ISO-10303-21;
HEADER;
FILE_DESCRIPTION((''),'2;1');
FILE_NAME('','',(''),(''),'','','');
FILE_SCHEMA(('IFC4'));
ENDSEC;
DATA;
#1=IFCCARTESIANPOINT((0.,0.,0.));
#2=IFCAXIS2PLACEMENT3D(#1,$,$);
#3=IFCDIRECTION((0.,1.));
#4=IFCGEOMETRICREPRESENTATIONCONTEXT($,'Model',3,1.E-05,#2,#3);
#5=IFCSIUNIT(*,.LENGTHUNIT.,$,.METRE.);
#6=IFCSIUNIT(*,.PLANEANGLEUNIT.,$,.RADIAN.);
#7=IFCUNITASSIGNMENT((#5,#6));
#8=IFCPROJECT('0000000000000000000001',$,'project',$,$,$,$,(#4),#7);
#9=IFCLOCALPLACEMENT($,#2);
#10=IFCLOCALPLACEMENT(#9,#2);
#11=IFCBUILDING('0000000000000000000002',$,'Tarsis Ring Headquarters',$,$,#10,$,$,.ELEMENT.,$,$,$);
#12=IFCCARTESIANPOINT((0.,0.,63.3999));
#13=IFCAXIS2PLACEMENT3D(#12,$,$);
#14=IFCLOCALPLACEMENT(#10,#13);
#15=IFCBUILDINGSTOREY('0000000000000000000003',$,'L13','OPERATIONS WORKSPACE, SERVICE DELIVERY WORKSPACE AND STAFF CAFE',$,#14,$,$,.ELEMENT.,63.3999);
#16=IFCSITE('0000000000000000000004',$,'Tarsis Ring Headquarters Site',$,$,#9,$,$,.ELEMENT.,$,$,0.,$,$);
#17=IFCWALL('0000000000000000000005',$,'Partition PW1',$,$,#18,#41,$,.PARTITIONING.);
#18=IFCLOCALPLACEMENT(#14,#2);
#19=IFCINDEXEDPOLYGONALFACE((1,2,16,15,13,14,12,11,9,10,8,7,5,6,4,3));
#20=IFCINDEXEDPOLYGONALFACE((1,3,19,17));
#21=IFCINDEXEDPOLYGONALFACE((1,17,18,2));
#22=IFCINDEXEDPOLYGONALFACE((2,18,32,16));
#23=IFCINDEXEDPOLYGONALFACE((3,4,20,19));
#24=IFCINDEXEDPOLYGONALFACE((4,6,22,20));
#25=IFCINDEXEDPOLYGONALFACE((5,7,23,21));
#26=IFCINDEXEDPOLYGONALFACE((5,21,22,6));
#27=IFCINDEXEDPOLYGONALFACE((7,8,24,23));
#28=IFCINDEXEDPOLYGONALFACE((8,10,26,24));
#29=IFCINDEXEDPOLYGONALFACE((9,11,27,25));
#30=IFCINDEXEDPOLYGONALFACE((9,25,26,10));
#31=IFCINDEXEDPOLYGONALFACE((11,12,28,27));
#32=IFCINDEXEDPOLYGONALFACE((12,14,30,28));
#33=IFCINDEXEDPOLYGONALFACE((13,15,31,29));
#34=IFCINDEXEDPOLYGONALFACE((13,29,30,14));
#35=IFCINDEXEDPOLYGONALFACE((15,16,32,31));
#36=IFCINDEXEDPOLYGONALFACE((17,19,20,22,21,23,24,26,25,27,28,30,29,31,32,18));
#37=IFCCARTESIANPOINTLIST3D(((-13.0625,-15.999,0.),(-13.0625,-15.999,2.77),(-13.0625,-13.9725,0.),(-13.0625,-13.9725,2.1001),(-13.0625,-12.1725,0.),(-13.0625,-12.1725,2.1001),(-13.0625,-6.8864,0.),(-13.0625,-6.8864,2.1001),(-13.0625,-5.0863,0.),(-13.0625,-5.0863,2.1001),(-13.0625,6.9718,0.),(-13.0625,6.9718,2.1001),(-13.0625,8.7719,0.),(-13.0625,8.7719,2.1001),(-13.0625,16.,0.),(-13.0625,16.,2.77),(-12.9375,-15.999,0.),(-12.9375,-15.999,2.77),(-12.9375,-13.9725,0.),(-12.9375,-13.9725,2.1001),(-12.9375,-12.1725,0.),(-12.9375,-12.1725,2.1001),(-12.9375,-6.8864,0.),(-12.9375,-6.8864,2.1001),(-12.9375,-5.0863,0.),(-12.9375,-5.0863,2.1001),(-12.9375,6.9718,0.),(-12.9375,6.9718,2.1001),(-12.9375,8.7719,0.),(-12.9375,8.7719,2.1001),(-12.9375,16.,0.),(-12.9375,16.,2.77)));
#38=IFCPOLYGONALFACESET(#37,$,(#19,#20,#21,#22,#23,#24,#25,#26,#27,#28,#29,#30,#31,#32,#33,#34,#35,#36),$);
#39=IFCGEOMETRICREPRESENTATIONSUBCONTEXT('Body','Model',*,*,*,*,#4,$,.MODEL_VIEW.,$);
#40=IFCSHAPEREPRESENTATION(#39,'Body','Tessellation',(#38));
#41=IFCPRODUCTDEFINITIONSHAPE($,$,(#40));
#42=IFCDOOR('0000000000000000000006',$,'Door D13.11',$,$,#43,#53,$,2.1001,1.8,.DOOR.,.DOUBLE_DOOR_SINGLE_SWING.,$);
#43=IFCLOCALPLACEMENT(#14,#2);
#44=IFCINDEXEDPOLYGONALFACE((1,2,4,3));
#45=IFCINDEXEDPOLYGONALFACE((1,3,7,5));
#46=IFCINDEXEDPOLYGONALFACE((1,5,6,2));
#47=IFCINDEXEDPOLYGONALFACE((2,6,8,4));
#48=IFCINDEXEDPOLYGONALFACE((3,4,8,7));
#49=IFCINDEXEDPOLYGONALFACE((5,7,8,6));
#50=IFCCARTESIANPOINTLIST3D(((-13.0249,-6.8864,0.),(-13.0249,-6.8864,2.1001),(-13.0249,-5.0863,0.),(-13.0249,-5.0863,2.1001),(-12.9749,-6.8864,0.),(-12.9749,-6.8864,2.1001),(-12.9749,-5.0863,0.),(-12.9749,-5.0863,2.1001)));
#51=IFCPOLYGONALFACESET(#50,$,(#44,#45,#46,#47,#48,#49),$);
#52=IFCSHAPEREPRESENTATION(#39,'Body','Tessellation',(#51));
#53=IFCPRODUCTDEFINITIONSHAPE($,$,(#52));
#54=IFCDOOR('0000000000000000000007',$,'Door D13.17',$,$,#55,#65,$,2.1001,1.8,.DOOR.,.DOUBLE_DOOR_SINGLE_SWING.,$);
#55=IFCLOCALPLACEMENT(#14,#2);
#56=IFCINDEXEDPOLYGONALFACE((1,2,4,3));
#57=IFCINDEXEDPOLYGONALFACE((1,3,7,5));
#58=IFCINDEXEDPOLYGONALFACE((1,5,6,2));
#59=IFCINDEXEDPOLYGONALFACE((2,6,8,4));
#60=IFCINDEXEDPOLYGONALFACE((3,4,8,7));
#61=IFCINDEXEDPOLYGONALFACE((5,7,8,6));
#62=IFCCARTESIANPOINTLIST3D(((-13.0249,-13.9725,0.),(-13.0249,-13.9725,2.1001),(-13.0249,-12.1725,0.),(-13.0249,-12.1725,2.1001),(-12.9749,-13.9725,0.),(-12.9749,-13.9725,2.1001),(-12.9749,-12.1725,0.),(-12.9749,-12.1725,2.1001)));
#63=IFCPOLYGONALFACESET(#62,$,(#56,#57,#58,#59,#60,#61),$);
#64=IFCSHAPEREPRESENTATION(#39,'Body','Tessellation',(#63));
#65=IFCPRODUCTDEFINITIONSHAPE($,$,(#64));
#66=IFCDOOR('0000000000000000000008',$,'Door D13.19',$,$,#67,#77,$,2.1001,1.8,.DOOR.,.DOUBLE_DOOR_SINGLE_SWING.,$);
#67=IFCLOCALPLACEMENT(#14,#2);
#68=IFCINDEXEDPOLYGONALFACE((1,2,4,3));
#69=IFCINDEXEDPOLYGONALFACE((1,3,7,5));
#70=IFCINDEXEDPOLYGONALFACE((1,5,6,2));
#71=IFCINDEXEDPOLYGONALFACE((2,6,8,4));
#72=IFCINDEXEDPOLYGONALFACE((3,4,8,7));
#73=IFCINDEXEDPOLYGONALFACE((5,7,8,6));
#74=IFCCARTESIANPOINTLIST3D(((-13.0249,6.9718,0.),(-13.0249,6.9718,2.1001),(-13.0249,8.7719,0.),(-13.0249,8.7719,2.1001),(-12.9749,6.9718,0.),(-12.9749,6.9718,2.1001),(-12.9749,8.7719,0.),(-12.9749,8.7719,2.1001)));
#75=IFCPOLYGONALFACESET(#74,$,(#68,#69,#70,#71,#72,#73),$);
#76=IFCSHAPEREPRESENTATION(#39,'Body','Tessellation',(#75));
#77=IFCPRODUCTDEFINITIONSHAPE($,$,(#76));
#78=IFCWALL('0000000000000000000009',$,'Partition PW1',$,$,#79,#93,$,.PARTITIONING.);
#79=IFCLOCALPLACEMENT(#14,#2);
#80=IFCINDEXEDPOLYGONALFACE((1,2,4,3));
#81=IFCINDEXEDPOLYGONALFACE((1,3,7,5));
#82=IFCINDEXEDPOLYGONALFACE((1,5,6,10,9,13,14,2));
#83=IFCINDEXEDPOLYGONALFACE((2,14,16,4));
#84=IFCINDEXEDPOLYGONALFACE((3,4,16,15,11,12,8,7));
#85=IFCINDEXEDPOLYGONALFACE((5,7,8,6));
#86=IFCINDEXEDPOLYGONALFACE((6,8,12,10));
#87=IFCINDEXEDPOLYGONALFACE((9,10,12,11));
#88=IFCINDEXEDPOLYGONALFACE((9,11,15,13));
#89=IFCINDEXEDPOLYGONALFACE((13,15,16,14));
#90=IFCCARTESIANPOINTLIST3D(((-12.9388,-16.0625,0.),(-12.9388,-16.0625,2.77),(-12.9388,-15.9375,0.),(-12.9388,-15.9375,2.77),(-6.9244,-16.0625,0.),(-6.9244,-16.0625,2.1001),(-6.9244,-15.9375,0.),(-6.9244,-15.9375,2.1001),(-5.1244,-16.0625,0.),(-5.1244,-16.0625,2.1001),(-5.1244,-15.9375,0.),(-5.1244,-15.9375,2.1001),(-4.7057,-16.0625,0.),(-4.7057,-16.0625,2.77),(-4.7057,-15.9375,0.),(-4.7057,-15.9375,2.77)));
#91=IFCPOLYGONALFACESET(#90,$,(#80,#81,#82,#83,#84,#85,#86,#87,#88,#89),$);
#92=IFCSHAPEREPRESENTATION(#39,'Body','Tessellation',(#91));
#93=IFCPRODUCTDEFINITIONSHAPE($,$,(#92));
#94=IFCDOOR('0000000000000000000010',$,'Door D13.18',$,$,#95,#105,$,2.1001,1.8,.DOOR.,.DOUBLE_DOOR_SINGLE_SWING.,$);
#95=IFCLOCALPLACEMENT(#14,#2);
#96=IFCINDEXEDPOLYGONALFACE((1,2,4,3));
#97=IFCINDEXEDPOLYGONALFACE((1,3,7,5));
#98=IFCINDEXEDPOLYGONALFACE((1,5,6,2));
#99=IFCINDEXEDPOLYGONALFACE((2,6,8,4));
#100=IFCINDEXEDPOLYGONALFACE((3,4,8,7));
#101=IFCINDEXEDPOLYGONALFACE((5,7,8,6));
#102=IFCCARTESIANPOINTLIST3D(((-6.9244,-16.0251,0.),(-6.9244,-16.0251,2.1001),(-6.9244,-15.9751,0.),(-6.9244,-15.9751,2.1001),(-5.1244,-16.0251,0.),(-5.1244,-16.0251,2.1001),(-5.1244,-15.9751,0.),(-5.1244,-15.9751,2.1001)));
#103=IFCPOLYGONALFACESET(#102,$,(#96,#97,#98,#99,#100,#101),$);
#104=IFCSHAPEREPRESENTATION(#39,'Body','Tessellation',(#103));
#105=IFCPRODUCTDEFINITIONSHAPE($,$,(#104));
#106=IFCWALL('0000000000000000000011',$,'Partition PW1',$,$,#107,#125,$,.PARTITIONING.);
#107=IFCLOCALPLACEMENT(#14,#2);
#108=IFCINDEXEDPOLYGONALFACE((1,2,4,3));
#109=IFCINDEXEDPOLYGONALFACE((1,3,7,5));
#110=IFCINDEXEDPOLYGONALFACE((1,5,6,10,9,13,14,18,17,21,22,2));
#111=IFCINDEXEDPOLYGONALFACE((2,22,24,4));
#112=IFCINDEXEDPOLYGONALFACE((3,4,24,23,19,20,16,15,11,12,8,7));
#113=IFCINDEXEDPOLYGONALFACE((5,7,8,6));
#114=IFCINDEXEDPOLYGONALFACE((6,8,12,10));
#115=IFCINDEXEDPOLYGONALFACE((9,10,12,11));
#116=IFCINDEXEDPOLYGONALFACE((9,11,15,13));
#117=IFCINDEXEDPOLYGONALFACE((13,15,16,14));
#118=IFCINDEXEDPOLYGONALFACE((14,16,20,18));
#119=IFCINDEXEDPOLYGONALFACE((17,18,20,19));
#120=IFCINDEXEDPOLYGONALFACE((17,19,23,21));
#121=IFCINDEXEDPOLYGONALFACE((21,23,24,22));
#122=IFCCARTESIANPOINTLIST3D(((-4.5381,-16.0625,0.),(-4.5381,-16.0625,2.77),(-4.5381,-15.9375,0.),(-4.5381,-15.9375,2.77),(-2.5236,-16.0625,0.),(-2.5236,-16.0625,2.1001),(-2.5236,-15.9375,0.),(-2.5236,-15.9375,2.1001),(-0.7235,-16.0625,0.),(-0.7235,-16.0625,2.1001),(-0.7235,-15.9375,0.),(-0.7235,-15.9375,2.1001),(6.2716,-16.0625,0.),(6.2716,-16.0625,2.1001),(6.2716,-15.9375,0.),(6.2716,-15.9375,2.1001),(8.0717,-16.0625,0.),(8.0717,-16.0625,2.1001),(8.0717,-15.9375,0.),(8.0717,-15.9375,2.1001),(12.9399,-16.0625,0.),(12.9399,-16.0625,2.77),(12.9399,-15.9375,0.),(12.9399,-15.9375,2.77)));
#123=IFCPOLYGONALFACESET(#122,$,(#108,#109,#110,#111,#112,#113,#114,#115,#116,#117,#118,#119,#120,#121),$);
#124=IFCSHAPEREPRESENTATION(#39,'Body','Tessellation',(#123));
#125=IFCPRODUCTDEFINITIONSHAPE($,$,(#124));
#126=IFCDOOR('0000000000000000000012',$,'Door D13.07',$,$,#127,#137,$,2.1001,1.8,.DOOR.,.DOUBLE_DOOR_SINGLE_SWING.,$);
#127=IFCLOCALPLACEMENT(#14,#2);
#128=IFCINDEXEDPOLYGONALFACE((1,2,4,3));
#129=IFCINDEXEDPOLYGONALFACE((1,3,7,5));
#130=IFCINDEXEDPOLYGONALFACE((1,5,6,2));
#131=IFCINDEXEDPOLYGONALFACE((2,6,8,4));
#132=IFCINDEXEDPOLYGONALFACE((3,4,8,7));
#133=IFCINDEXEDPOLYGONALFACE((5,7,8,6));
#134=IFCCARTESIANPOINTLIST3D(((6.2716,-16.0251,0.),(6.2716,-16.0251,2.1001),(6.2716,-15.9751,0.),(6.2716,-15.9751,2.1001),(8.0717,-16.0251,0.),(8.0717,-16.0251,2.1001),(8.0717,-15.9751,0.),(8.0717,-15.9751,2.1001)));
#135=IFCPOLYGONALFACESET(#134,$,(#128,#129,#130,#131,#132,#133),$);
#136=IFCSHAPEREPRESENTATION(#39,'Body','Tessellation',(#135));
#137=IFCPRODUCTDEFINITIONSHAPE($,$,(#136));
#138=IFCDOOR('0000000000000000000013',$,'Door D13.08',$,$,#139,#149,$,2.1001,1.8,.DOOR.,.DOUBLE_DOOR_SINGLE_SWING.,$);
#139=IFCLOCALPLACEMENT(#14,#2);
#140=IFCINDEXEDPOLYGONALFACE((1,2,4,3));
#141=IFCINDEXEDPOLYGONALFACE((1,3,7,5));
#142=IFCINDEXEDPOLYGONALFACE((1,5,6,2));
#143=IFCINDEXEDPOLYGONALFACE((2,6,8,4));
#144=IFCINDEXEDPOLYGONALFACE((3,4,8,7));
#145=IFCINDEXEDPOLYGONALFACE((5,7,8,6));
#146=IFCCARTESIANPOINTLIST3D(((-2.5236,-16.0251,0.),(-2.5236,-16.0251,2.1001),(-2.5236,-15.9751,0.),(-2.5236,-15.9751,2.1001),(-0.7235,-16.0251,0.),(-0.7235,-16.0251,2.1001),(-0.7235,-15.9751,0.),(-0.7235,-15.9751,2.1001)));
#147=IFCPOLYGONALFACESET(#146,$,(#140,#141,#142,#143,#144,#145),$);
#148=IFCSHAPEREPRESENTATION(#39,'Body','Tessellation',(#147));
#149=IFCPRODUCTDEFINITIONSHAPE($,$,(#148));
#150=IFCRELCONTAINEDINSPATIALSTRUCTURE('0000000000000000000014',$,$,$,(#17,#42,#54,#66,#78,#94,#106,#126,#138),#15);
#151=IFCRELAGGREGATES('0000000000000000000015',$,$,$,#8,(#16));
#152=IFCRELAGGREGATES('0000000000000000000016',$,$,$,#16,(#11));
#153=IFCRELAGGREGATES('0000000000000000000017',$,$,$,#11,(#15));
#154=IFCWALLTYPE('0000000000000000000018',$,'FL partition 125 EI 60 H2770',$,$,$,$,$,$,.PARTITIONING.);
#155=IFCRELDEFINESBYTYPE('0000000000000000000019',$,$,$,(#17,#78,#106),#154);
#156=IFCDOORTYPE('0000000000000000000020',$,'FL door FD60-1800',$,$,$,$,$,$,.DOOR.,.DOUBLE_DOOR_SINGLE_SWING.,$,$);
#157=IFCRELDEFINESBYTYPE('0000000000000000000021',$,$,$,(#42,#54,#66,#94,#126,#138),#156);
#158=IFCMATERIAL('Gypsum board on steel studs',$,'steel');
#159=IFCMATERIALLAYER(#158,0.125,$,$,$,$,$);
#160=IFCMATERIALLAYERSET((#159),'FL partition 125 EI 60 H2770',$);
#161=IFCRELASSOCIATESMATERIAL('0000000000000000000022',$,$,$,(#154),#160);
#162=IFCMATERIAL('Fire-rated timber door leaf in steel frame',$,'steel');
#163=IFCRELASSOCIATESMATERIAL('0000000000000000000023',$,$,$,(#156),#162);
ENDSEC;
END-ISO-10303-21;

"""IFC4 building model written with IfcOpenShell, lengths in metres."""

from ifc_helpers import new_model, si_unit, direction, frame, frame_2d, origin, place, context, subcontext, project, spatial, rectangle, extrude, material, layer, layer_set, type_object, element, fill, save


model = new_model("IFC4")

# Units and contexts
model_context = context("Model", 3, precision=1e-05, world=origin(), true_north=direction((0.0, 1.0)))
body_context = subcontext(model_context, "Body", "Model", "MODEL_VIEW")
ifc_project = project(units=[si_unit("LENGTHUNIT", "METRE"), si_unit("PLANEANGLEUNIT", "RADIAN")], contexts=[model_context])

# Site, building, storey
site_placement = place(None, origin())
site = spatial("IfcSite", under=ifc_project, at=site_placement, Name="Tarsis Ring Headquarters Site", CompositionType="ELEMENT", RefElevation=0.0)
building_placement = place(site_placement, origin())
building = spatial("IfcBuilding", under=site, at=building_placement, Name="Tarsis Ring Headquarters", CompositionType="ELEMENT")
storey_placement = place(building_placement, frame((0.0, 0.0, 63.3999)))
storey = spatial("IfcBuildingStorey", under=building, at=storey_placement, Name="L13", Description="OPERATIONS WORKSPACE, SERVICE DELIVERY WORKSPACE AND STAFF CAFE", CompositionType="ELEMENT", Elevation=63.3999)

# Wall, openings, doors
ifc_material_1 = material(Name="Gypsum board on steel studs", Category="steel")
ifc_layer_1 = layer(ifc_material_1, 0.125)
ifc_layer_set_1 = layer_set([ifc_layer_1], Name="FL partition 125 EI 60 H2770")
wall_type_1 = type_object("IfcWallType", Name="FL partition 125 EI 60 H2770", PredefinedType="PARTITIONING", material=ifc_layer_set_1)
wall_1_placement = place(storey_placement, frame((-13.0, -15.999, 0.0), z_axis=(0.0, 0.0, 1.0), x_axis=(0.0, 1.0, 0.0)))
wall_1 = element("IfcWall", 1, at=wall_1_placement, inside=storey, type_object=wall_type_1, Name="Partition PW1", PredefinedType="PARTITIONING", context=body_context, shape_type="SweptSolid", body=[
    extrude(rectangle(XDim=31.999, YDim=0.125, at=frame_2d((15.9995, 0.0))), origin(), (0.0, 0.0, 1.0), 2.77),
])
opening_1_placement = place(wall_1_placement, frame((9.1128, 0.0, 0.0)))
opening_1 = element("IfcOpeningElement", 2, at=opening_1_placement, cuts=wall_1, PredefinedType="OPENING", context=body_context, shape_type="SweptSolid", body=[
    extrude(rectangle(XDim=1.8, YDim=2.1001, at=frame_2d((0.8999, 1.05))), frame((0.0, 0.0725, 0.0), z_axis=(0.0, -1.0, 0.0), x_axis=(1.0, 0.0, 0.0)), (0.0, 0.0, 1.0), 0.145),
])
opening_2_placement = place(wall_1_placement, frame((2.0266, 0.0, 0.0)))
opening_2 = element("IfcOpeningElement", 3, at=opening_2_placement, cuts=wall_1, PredefinedType="OPENING", context=body_context, shape_type="SweptSolid", body=[
    extrude(rectangle(XDim=1.8, YDim=2.1001, at=frame_2d((0.8999, 1.05))), frame((0.0, 0.0725, 0.0), z_axis=(0.0, -1.0, 0.0), x_axis=(1.0, 0.0, 0.0)), (0.0, 0.0, 1.0), 0.145),
])
opening_3_placement = place(wall_1_placement, frame((22.9709, 0.0, 0.0)))
opening_3 = element("IfcOpeningElement", 4, at=opening_3_placement, cuts=wall_1, PredefinedType="OPENING", context=body_context, shape_type="SweptSolid", body=[
    extrude(rectangle(XDim=1.8, YDim=2.1001, at=frame_2d((0.8999, 1.05))), frame((0.0, 0.0725, 0.0), z_axis=(0.0, -1.0, 0.0), x_axis=(1.0, 0.0, 0.0)), (0.0, 0.0, 1.0), 0.145),
])
ifc_material_2 = material(Name="Fire-rated timber door leaf in steel frame", Category="steel")
door_type_1 = type_object("IfcDoorType", Name="FL door FD60-1800", OperationType="DOUBLE_DOOR_SINGLE_SWING", PredefinedType="DOOR", material=ifc_material_2)
door_1_placement = place(opening_1_placement, origin())
door_1 = element("IfcDoor", 5, at=door_1_placement, inside=storey, type_object=door_type_1, Name="Door D13.11", OperationType="DOUBLE_DOOR_SINGLE_SWING", OverallHeight=2.1001, OverallWidth=1.8, PredefinedType="DOOR", context=body_context, shape_type="SweptSolid", body=[
    extrude(rectangle(XDim=1.8, YDim=2.1001, at=frame_2d((0.8999, 1.05))), frame((0.0, 0.0249, 0.0), z_axis=(0.0, -1.0, 0.0), x_axis=(1.0, 0.0, 0.0)), (0.0, 0.0, 1.0), 0.05),
])
fill(opening_1, door_1)
door_2_placement = place(opening_2_placement, origin())
door_2 = element("IfcDoor", 6, at=door_2_placement, inside=storey, type_object=door_type_1, Name="Door D13.17", OperationType="DOUBLE_DOOR_SINGLE_SWING", OverallHeight=2.1001, OverallWidth=1.8, PredefinedType="DOOR", context=body_context, shape_type="SweptSolid", body=[
    extrude(rectangle(XDim=1.8, YDim=2.1001, at=frame_2d((0.8999, 1.05))), frame((0.0, 0.0249, 0.0), z_axis=(0.0, -1.0, 0.0), x_axis=(1.0, 0.0, 0.0)), (0.0, 0.0, 1.0), 0.05),
])
fill(opening_2, door_2)
door_3_placement = place(opening_3_placement, origin())
door_3 = element("IfcDoor", 7, at=door_3_placement, inside=storey, type_object=door_type_1, Name="Door D13.19", OperationType="DOUBLE_DOOR_SINGLE_SWING", OverallHeight=2.1001, OverallWidth=1.8, PredefinedType="DOOR", context=body_context, shape_type="SweptSolid", body=[
    extrude(rectangle(XDim=1.8, YDim=2.1001, at=frame_2d((0.8999, 1.05))), frame((0.0, 0.0249, 0.0), z_axis=(0.0, -1.0, 0.0), x_axis=(1.0, 0.0, 0.0)), (0.0, 0.0, 1.0), 0.05),
])
fill(opening_3, door_3)

# Wall, opening, door
wall_2_placement = place(storey_placement, frame((-12.939, -16.0, 0.0), z_axis=(0.0, 0.0, 1.0), x_axis=(1.0, 0.0, 0.0)))
wall_2 = element("IfcWall", 8, at=wall_2_placement, inside=storey, type_object=wall_type_1, Name="Partition PW1", PredefinedType="PARTITIONING", context=body_context, shape_type="SweptSolid", body=[
    extrude(rectangle(XDim=8.2332, YDim=0.125, at=frame_2d((4.1167, 0.0))), origin(), (0.0, 0.0, 1.0), 2.77),
])
opening_4_placement = place(wall_2_placement, frame((6.0146, 0.0, 0.0)))
opening_4 = element("IfcOpeningElement", 9, at=opening_4_placement, cuts=wall_2, PredefinedType="OPENING", context=body_context, shape_type="SweptSolid", body=[
    extrude(rectangle(XDim=1.8, YDim=2.1001, at=frame_2d((0.8999, 1.05))), frame((0.0, 0.0725, 0.0), z_axis=(0.0, -1.0, 0.0), x_axis=(1.0, 0.0, 0.0)), (0.0, 0.0, 1.0), 0.145),
])
door_4_placement = place(opening_4_placement, origin())
door_4 = element("IfcDoor", 10, at=door_4_placement, inside=storey, type_object=door_type_1, Name="Door D13.18", OperationType="DOUBLE_DOOR_SINGLE_SWING", OverallHeight=2.1001, OverallWidth=1.8, PredefinedType="DOOR", context=body_context, shape_type="SweptSolid", body=[
    extrude(rectangle(XDim=1.8, YDim=2.1001, at=frame_2d((0.8999, 1.05))), frame((0.0, 0.0249, 0.0), z_axis=(0.0, -1.0, 0.0), x_axis=(1.0, 0.0, 0.0)), (0.0, 0.0, 1.0), 0.05),
])
fill(opening_4, door_4)

# Wall, openings, doors
wall_3_placement = place(storey_placement, frame((-4.5381, -16.0, 0.0), z_axis=(0.0, 0.0, 1.0), x_axis=(1.0, 0.0, 0.0)))
wall_3 = element("IfcWall", 11, at=wall_3_placement, inside=storey, type_object=wall_type_1, Name="Partition PW1", PredefinedType="PARTITIONING", context=body_context, shape_type="SweptSolid", body=[
    extrude(rectangle(XDim=17.478, YDim=0.125, at=frame_2d((8.739, 0.0))), origin(), (0.0, 0.0, 1.0), 2.77),
])
opening_5_placement = place(wall_3_placement, frame((10.8098, 0.0, 0.0)))
opening_5 = element("IfcOpeningElement", 12, at=opening_5_placement, cuts=wall_3, PredefinedType="OPENING", context=body_context, shape_type="SweptSolid", body=[
    extrude(rectangle(XDim=1.8, YDim=2.1001, at=frame_2d((0.8999, 1.05))), frame((0.0, 0.0725, 0.0), z_axis=(0.0, -1.0, 0.0), x_axis=(1.0, 0.0, 0.0)), (0.0, 0.0, 1.0), 0.145),
])
opening_6_placement = place(wall_3_placement, frame((2.0146, 0.0, 0.0)))
opening_6 = element("IfcOpeningElement", 13, at=opening_6_placement, cuts=wall_3, PredefinedType="OPENING", context=body_context, shape_type="SweptSolid", body=[
    extrude(rectangle(XDim=1.8, YDim=2.1001, at=frame_2d((0.8999, 1.05))), frame((0.0, 0.0725, 0.0), z_axis=(0.0, -1.0, 0.0), x_axis=(1.0, 0.0, 0.0)), (0.0, 0.0, 1.0), 0.145),
])
door_5_placement = place(opening_5_placement, origin())
door_5 = element("IfcDoor", 14, at=door_5_placement, inside=storey, type_object=door_type_1, Name="Door D13.07", OperationType="DOUBLE_DOOR_SINGLE_SWING", OverallHeight=2.1001, OverallWidth=1.8, PredefinedType="DOOR", context=body_context, shape_type="SweptSolid", body=[
    extrude(rectangle(XDim=1.8, YDim=2.1001, at=frame_2d((0.8999, 1.05))), frame((0.0, 0.0249, 0.0), z_axis=(0.0, -1.0, 0.0), x_axis=(1.0, 0.0, 0.0)), (0.0, 0.0, 1.0), 0.05),
])
fill(opening_5, door_5)
door_6_placement = place(opening_6_placement, origin())
door_6 = element("IfcDoor", 15, at=door_6_placement, inside=storey, type_object=door_type_1, Name="Door D13.08", OperationType="DOUBLE_DOOR_SINGLE_SWING", OverallHeight=2.1001, OverallWidth=1.8, PredefinedType="DOOR", context=body_context, shape_type="SweptSolid", body=[
    extrude(rectangle(XDim=1.8, YDim=2.1001, at=frame_2d((0.8999, 1.05))), frame((0.0, 0.0249, 0.0), z_axis=(0.0, -1.0, 0.0), x_axis=(1.0, 0.0, 0.0)), (0.0, 0.0, 1.0), 0.05),
])
fill(opening_6, door_6)

save(model, "model.ifc")
